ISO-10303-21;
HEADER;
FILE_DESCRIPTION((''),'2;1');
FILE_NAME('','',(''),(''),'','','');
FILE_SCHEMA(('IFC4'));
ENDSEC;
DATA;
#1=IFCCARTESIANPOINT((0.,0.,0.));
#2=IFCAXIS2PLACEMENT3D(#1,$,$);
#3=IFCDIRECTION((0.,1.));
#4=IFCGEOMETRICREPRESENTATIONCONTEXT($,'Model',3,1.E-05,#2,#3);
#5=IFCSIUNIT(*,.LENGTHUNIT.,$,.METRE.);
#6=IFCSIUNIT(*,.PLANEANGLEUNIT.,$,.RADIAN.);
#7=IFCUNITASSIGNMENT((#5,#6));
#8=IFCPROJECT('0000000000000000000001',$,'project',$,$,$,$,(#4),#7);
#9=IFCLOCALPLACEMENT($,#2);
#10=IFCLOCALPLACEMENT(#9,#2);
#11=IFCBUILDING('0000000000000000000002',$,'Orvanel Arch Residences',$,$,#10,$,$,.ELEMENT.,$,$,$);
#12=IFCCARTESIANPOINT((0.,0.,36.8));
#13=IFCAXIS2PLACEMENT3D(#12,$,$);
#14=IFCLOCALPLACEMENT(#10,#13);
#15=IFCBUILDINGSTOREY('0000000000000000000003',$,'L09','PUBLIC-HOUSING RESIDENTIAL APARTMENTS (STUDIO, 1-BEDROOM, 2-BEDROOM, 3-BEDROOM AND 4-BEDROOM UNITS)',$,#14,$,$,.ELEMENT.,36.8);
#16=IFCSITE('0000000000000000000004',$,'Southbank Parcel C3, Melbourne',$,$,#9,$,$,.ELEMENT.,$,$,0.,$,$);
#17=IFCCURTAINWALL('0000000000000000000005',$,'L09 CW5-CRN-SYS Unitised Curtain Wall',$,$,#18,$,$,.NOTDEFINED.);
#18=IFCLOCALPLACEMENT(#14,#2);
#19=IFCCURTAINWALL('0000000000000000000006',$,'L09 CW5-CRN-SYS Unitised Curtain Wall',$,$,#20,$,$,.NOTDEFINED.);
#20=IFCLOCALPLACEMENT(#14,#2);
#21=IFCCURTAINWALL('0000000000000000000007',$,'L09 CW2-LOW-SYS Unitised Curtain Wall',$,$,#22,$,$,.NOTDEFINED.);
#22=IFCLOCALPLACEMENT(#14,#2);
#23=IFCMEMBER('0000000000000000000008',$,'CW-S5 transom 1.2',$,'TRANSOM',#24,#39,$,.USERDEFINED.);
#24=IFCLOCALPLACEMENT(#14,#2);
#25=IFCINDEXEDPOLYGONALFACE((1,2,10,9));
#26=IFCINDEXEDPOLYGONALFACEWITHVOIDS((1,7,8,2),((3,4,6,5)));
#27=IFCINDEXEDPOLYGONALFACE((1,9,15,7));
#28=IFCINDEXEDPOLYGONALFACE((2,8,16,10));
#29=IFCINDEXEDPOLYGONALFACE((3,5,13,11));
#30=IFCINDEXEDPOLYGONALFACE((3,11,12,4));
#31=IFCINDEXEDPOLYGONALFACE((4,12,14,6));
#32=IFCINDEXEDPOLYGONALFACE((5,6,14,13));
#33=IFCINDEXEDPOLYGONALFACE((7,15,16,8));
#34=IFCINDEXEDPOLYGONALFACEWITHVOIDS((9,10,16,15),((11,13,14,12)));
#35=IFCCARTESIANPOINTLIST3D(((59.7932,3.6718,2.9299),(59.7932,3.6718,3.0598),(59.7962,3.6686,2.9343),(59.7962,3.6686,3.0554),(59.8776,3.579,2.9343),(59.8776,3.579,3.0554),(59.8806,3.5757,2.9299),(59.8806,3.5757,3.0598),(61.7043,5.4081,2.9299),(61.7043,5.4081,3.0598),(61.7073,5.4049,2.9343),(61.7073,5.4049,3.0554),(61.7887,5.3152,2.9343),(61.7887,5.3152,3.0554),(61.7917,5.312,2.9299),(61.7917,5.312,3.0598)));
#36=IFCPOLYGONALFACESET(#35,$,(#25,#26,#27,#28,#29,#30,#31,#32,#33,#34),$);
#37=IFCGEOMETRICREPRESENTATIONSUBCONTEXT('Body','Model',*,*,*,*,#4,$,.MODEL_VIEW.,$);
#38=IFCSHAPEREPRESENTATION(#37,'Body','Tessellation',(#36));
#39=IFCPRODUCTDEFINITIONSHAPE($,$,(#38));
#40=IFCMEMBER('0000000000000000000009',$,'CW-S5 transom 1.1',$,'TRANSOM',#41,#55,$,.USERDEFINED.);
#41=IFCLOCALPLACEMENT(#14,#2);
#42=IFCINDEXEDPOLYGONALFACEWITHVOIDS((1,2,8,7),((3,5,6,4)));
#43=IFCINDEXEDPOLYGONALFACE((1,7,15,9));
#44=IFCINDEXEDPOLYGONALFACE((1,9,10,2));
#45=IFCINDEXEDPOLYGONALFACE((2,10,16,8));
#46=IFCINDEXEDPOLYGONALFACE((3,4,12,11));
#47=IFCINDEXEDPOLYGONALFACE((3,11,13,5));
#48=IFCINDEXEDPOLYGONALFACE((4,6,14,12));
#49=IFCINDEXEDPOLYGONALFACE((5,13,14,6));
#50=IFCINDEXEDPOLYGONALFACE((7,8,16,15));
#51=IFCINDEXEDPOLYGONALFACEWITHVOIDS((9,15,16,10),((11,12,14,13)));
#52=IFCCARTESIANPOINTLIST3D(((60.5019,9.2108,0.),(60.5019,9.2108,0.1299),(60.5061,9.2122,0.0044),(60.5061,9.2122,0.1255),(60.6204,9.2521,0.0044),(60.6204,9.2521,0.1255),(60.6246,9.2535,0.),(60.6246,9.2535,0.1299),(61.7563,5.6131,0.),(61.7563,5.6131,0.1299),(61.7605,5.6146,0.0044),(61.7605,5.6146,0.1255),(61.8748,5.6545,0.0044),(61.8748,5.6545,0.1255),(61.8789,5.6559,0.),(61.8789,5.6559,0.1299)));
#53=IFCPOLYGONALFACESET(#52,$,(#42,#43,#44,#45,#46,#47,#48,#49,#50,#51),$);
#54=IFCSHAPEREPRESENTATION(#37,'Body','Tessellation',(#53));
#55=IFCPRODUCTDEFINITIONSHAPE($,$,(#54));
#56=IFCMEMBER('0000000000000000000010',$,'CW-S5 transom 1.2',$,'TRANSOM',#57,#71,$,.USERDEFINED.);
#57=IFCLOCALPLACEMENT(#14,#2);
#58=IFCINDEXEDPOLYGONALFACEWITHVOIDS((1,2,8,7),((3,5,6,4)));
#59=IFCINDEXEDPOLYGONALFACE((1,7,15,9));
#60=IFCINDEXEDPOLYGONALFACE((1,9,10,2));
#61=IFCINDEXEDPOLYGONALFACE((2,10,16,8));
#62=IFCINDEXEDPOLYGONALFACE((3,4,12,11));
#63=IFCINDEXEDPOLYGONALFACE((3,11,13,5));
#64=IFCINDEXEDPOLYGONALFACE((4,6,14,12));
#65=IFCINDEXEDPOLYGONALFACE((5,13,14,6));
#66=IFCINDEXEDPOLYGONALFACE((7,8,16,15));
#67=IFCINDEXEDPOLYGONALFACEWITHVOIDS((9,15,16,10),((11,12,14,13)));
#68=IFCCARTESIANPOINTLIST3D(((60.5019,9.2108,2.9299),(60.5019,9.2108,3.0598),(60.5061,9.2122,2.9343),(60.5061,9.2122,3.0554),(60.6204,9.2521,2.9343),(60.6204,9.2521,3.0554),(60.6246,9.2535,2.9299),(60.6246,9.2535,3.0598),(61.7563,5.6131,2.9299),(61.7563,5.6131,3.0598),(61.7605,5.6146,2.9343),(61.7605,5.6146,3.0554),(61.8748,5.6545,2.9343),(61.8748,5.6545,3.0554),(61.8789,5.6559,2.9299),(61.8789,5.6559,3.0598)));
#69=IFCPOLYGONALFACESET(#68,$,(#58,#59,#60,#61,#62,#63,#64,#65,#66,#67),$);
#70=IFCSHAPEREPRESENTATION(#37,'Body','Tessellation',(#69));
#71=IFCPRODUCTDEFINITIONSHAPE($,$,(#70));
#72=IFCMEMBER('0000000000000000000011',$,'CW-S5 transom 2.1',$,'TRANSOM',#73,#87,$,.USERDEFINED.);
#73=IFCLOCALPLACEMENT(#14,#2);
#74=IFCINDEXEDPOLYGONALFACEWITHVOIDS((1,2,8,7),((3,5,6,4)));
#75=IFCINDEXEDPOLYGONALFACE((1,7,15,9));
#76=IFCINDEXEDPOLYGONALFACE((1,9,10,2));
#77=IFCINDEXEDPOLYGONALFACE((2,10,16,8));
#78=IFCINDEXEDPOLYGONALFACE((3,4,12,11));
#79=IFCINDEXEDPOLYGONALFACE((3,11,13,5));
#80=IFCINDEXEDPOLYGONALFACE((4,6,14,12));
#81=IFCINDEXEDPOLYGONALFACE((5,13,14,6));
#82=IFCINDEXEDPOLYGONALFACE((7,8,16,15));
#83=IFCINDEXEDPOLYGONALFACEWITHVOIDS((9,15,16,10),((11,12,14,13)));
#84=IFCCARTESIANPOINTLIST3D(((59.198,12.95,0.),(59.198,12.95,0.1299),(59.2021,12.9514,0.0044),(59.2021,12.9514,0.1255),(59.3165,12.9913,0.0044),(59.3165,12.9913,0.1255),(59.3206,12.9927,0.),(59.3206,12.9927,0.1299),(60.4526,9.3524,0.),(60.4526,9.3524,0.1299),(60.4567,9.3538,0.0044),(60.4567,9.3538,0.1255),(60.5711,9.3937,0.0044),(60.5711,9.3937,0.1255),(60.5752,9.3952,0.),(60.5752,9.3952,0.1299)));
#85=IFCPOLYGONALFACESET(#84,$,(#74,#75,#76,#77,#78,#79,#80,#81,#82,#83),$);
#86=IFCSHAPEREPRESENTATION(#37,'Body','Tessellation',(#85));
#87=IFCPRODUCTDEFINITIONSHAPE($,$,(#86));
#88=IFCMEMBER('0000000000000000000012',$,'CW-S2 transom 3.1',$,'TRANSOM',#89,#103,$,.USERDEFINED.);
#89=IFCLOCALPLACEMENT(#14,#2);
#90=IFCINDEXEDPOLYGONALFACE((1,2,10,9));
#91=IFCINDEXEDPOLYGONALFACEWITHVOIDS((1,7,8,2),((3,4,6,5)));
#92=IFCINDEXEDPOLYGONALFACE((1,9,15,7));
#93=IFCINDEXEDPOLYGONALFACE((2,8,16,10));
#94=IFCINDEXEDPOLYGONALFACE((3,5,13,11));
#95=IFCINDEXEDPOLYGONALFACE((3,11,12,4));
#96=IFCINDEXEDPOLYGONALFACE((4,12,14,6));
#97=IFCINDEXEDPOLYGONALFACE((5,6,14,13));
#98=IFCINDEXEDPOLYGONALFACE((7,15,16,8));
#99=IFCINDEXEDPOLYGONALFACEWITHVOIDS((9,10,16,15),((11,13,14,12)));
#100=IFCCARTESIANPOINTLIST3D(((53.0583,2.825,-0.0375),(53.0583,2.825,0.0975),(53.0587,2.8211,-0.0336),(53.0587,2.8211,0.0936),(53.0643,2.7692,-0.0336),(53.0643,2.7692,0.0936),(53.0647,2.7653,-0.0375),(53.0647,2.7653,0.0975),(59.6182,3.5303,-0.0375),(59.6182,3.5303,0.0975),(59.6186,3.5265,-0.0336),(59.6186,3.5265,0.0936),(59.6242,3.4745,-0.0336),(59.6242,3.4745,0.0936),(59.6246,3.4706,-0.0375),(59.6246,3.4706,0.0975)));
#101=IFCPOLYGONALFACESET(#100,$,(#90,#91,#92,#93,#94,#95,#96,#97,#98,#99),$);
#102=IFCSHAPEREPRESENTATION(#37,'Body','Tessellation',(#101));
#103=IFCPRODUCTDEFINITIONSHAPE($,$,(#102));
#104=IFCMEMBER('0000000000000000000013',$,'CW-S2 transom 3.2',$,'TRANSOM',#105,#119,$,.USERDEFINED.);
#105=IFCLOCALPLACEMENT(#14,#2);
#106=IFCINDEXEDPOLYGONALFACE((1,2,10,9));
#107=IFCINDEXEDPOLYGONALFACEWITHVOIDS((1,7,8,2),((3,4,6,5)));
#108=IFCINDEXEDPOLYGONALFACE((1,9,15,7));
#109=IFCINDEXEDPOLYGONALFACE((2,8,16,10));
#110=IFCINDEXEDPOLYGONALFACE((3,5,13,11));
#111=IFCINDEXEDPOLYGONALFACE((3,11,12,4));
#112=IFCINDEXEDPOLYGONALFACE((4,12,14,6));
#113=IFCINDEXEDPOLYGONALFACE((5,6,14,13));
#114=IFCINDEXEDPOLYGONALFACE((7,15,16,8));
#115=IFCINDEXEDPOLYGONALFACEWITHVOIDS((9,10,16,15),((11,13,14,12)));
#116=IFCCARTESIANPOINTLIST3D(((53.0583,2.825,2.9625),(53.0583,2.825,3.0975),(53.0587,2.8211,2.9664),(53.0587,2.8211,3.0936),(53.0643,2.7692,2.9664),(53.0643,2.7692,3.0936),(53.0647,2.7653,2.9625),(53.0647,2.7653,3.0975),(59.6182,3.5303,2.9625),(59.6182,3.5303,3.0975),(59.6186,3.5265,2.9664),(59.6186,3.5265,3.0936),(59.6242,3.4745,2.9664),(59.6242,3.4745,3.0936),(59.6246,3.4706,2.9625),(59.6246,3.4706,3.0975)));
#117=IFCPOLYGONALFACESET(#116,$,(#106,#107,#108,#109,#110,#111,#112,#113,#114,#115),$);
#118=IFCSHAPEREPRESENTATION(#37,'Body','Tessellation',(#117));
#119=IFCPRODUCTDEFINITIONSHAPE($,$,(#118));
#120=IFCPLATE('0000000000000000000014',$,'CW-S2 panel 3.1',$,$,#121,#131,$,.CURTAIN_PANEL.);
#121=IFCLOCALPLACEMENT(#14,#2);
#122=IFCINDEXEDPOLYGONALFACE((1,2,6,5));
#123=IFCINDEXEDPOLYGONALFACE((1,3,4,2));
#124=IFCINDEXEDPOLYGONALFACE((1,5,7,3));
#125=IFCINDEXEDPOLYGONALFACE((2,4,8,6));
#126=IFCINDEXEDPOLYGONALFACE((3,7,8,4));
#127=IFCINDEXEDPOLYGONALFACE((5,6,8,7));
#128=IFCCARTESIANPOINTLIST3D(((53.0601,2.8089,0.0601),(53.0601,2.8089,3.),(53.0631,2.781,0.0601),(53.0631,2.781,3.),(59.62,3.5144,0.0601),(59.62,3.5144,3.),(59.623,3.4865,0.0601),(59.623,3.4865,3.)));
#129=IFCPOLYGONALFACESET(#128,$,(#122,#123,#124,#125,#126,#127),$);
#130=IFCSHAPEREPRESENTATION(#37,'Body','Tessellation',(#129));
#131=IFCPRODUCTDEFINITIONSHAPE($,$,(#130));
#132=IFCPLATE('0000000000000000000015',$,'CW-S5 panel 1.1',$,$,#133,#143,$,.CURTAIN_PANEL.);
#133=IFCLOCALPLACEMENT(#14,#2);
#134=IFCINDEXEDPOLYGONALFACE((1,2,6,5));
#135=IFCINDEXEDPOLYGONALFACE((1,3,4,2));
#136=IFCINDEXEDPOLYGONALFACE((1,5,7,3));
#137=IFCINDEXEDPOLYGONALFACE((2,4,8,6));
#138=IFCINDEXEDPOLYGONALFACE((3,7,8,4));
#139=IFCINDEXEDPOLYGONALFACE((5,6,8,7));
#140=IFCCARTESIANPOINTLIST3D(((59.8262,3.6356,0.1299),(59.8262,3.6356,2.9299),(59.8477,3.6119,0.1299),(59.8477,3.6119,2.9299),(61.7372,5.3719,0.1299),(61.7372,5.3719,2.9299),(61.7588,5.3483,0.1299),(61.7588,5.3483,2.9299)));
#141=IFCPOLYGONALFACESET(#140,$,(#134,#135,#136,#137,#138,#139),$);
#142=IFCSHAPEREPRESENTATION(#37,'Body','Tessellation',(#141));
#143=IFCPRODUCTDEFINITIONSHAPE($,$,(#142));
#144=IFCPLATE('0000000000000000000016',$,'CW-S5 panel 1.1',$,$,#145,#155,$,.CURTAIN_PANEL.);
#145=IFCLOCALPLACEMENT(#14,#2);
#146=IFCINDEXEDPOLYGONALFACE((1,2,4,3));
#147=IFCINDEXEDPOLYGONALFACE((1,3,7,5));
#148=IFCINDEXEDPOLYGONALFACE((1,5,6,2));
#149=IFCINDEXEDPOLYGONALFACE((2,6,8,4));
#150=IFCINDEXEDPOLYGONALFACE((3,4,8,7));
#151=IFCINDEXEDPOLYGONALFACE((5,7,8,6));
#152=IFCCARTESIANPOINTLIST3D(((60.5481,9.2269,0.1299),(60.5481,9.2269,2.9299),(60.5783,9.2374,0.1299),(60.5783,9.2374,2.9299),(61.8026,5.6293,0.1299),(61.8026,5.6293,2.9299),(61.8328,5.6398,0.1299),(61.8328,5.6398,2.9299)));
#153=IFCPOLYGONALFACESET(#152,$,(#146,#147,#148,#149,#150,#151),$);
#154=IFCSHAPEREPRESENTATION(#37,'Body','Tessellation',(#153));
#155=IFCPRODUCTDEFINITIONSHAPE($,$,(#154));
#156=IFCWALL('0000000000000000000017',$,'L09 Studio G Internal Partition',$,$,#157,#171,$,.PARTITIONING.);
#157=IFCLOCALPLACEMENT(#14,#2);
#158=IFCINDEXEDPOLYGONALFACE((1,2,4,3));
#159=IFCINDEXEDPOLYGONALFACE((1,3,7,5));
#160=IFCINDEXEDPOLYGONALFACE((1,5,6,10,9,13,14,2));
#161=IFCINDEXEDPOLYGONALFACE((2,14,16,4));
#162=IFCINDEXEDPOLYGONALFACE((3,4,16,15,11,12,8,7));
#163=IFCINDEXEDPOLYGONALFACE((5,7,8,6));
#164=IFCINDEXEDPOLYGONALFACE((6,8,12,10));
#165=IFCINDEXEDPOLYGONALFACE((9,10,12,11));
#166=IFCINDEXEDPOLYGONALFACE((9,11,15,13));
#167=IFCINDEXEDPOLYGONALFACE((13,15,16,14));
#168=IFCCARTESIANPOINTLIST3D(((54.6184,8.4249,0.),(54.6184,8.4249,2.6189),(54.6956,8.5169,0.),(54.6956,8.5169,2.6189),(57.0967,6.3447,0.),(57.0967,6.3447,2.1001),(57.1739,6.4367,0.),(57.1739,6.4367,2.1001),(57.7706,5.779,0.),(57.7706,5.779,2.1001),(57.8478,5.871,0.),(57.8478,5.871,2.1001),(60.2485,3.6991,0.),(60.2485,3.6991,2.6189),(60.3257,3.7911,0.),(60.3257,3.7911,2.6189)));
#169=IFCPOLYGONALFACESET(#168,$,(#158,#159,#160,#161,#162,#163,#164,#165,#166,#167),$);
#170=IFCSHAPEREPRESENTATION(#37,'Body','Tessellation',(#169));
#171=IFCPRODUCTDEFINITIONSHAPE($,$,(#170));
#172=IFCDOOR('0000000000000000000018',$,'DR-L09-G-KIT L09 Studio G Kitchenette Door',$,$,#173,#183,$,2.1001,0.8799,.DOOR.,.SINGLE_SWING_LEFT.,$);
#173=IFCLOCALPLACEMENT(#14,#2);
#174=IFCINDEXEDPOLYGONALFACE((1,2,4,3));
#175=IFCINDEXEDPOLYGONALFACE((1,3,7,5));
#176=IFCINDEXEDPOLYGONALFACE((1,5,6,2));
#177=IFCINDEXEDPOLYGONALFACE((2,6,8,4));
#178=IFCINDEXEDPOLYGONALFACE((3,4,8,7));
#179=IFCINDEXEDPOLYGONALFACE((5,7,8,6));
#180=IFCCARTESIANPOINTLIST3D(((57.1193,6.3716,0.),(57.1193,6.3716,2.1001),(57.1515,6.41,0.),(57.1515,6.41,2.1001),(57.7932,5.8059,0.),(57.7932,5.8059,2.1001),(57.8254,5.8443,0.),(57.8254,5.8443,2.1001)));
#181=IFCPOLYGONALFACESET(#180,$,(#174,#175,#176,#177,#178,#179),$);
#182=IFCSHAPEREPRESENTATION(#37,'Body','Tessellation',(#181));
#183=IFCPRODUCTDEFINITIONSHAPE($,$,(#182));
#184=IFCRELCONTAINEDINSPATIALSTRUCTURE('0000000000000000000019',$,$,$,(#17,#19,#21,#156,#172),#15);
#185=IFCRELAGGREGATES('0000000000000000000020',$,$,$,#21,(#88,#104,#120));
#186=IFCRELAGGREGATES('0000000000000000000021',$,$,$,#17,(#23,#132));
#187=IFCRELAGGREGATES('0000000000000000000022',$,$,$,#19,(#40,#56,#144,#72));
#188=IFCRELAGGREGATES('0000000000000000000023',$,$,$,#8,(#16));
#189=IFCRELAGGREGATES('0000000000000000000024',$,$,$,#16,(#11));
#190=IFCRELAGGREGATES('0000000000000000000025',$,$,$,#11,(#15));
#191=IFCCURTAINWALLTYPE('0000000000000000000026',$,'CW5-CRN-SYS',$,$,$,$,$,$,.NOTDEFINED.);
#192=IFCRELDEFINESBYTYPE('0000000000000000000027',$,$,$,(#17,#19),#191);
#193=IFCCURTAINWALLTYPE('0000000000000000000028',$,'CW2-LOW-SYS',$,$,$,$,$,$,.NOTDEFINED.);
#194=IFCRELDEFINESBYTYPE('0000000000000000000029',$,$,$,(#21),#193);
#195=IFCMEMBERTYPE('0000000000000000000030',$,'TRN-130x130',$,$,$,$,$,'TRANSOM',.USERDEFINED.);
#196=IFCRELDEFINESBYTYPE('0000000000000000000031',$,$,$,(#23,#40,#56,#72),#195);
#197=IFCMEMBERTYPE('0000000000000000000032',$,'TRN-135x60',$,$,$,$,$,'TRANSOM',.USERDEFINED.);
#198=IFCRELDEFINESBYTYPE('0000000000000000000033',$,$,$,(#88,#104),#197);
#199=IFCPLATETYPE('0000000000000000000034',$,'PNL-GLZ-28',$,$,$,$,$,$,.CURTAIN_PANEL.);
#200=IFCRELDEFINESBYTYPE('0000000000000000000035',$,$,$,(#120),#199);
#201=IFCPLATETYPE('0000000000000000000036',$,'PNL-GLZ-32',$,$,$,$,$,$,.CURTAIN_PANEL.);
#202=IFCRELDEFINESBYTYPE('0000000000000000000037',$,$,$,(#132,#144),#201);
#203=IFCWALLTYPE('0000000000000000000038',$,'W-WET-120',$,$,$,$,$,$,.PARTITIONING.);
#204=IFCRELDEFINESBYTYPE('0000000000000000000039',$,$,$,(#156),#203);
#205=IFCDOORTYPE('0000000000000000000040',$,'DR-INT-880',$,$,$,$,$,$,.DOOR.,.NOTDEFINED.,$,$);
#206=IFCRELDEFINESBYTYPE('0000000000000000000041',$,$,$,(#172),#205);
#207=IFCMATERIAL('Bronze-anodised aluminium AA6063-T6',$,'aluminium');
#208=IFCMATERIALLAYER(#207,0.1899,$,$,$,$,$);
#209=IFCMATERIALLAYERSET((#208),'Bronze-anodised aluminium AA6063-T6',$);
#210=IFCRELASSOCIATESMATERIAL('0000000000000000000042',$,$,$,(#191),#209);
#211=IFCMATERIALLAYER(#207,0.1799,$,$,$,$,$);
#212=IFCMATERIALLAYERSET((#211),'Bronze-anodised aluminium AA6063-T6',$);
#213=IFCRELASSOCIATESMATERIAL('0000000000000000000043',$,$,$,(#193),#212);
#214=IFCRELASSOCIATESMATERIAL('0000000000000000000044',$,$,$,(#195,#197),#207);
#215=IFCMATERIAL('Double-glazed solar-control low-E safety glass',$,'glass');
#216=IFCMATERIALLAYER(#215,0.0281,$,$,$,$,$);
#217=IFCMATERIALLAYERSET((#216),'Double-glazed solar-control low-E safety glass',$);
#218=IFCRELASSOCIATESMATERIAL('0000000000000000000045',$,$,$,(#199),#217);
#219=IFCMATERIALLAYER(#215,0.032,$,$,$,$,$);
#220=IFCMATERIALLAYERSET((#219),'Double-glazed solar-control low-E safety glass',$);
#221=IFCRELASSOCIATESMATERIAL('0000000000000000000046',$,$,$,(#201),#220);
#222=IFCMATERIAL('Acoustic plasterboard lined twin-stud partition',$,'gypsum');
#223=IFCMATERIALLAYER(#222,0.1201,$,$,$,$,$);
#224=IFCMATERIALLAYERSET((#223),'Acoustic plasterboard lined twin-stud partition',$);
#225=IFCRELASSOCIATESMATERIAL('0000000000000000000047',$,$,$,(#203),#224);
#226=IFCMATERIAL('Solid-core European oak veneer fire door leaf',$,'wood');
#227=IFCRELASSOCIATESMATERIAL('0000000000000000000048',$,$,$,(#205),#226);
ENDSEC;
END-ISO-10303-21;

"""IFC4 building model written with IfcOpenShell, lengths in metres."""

from ifc_helpers import new_model, si_unit, direction, frame, frame_2d, origin, origin_2d, place, context, subcontext, project, spatial, rectangle, hollow_rectangle, extrude, material, layer, layer_set, material_profile, profile_set, type_object, element, fill, aggregate, save


model = new_model("IFC4")

# Units and contexts
model_context = context("Model", 3, precision=1e-05, world=origin(), true_north=direction((0.0, 1.0)))
body_context = subcontext(model_context, "Body", "Model", "MODEL_VIEW")
ifc_project = project(units=[si_unit("LENGTHUNIT", "METRE"), si_unit("PLANEANGLEUNIT", "RADIAN")], contexts=[model_context])

# Site, building, storey
site_placement = place(None, origin())
site = spatial("IfcSite", under=ifc_project, at=site_placement, Name="Southbank Parcel C3, Melbourne", CompositionType="ELEMENT", RefElevation=0.0)
building_placement = place(site_placement, origin())
building = spatial("IfcBuilding", under=site, at=building_placement, Name="Orvanel Arch Residences", CompositionType="ELEMENT")
storey_placement = place(building_placement, frame((0.0, 0.0, 36.8)))
storey = spatial("IfcBuildingStorey", under=building, at=storey_placement, Name="L09", Description="PUBLIC-HOUSING RESIDENTIAL APARTMENTS (STUDIO, 1-BEDROOM, 2-BEDROOM, 3-BEDROOM AND 4-BEDROOM UNITS)", CompositionType="ELEMENT", Elevation=36.8)

# Curtain walls
ifc_material_1 = material(Name="Bronze-anodised aluminium AA6063-T6", Category="aluminium")
ifc_layer_1 = layer(ifc_material_1, 0.1899)
ifc_layer_set_1 = layer_set([ifc_layer_1], Name="Bronze-anodised aluminium AA6063-T6")
curtain_wall_type_1 = type_object("IfcCurtainWallType", Name="CW5-CRN-SYS", PredefinedType="NOTDEFINED", material=ifc_layer_set_1)
curtain_wall_1_placement = place(storey_placement, origin())
curtain_wall_1 = element("IfcCurtainWall", 1, at=curtain_wall_1_placement, inside=storey, type_object=curtain_wall_type_1, Name="L09 CW5-CRN-SYS Unitised Curtain Wall", PredefinedType="NOTDEFINED")
curtain_wall_2_placement = place(storey_placement, origin())
curtain_wall_2 = element("IfcCurtainWall", 2, at=curtain_wall_2_placement, inside=storey, type_object=curtain_wall_type_1, Name="L09 CW5-CRN-SYS Unitised Curtain Wall", PredefinedType="NOTDEFINED")
ifc_layer_2 = layer(ifc_material_1, 0.1799)
ifc_layer_set_2 = layer_set([ifc_layer_2], Name="Bronze-anodised aluminium AA6063-T6")
curtain_wall_type_2 = type_object("IfcCurtainWallType", Name="CW2-LOW-SYS", PredefinedType="NOTDEFINED", material=ifc_layer_set_2)
curtain_wall_3_placement = place(storey_placement, origin())
curtain_wall_3 = element("IfcCurtainWall", 3, at=curtain_wall_3_placement, inside=storey, type_object=curtain_wall_type_2, Name="L09 CW2-LOW-SYS Unitised Curtain Wall", PredefinedType="NOTDEFINED")

# Members
ifc_material_profile_1 = material_profile(ifc_material_1, hollow_rectangle(XDim=0.1299, YDim=0.1299, WallThickness=0.0044, at=origin_2d()), Name="ALU130x130x4.5")
ifc_profile_set_1 = profile_set([ifc_material_profile_1], Name="Bronze-anodised aluminium AA6063-T6")
member_type_1 = type_object("IfcMemberType", Name="TRN-130x130", ElementType="TRANSOM", PredefinedType="USERDEFINED", material=ifc_profile_set_1)
member_1_placement = place(storey_placement, frame((59.8369, 3.6238, 2.9949), z_axis=(0.740145, 0.672447, 0.0), x_axis=(-0.672447, 0.740145, 0.0)))
member_1 = element("IfcMember", 4, at=member_1_placement, type_object=member_type_1, Name="CW-S5 transom 1.2", ObjectType="TRANSOM", PredefinedType="USERDEFINED", context=body_context, shape_type="SweptSolid", body=[
    extrude(hollow_rectangle(XDim=0.1299, YDim=0.1299, WallThickness=0.0044, at=origin_2d()), origin(), (0.0, 0.0, 1.0), 2.582),
])
member_2_placement = place(storey_placement, frame((61.8176, 5.6345, 0.0649), z_axis=(-0.329231, 0.944249, 0.0), x_axis=(-0.944249, -0.329231, 0.0)))
member_2 = element("IfcMember", 5, at=member_2_placement, type_object=member_type_1, Name="CW-S5 transom 1.1", ObjectType="TRANSOM", PredefinedType="USERDEFINED", context=body_context, shape_type="SweptSolid", body=[
    extrude(hollow_rectangle(XDim=0.1299, YDim=0.1299, WallThickness=0.0044, at=origin_2d()), origin(), (0.0, 0.0, 1.0), 3.8101),
])
member_3_placement = place(storey_placement, frame((61.8176, 5.6345, 2.9949), z_axis=(-0.329231, 0.944249, 0.0), x_axis=(-0.944249, -0.329231, 0.0)))
member_3 = element("IfcMember", 6, at=member_3_placement, type_object=member_type_1, Name="CW-S5 transom 1.2", ObjectType="TRANSOM", PredefinedType="USERDEFINED", context=body_context, shape_type="SweptSolid", body=[
    extrude(hollow_rectangle(XDim=0.1299, YDim=0.1299, WallThickness=0.0044, at=origin_2d()), origin(), (0.0, 0.0, 1.0), 3.8101),
])
member_4_placement = place(storey_placement, frame((60.5139, 9.3738, 0.0649), z_axis=(-0.329288, 0.944229, 0.0), x_axis=(-0.944229, -0.329288, 0.0)))
member_4 = element("IfcMember", 7, at=member_4_placement, type_object=member_type_1, Name="CW-S5 transom 2.1", ObjectType="TRANSOM", PredefinedType="USERDEFINED", context=body_context, shape_type="SweptSolid", body=[
    extrude(hollow_rectangle(XDim=0.1299, YDim=0.1299, WallThickness=0.0044, at=origin_2d()), origin(), (0.0, 0.0, 1.0), 3.8101),
])
ifc_material_profile_2 = material_profile(ifc_material_1, hollow_rectangle(XDim=0.0601, YDim=0.135, WallThickness=0.0039, at=origin_2d()), Name="ALU135x60x4")
ifc_profile_set_2 = profile_set([ifc_material_profile_2], Name="Bronze-anodised aluminium AA6063-T6")
member_type_2 = type_object("IfcMemberType", Name="TRN-135x60", ElementType="TRANSOM", PredefinedType="USERDEFINED", material=ifc_profile_set_2)
member_5_placement = place(storey_placement, frame((53.0615, 2.7952, 0.03), z_axis=(0.994269, 0.106905, 0.0), x_axis=(-0.106905, 0.994269, 0.0)))
member_5 = element("IfcMember", 8, at=member_5_placement, type_object=member_type_2, Name="CW-S2 transom 3.1", ObjectType="TRANSOM", PredefinedType="USERDEFINED", context=body_context, shape_type="SweptSolid", body=[
    extrude(hollow_rectangle(XDim=0.0601, YDim=0.135, WallThickness=0.0039, at=origin_2d()), origin(), (0.0, 0.0, 1.0), 6.5977),
])
member_6_placement = place(storey_placement, frame((53.0615, 2.7952, 3.03), z_axis=(0.994269, 0.106905, 0.0), x_axis=(-0.106905, 0.994269, 0.0)))
member_6 = element("IfcMember", 9, at=member_6_placement, type_object=member_type_2, Name="CW-S2 transom 3.2", ObjectType="TRANSOM", PredefinedType="USERDEFINED", context=body_context, shape_type="SweptSolid", body=[
    extrude(hollow_rectangle(XDim=0.0601, YDim=0.135, WallThickness=0.0039, at=origin_2d()), origin(), (0.0, 0.0, 1.0), 6.5977),
])

# Plates
ifc_material_2 = material(Name="Double-glazed solar-control low-E safety glass", Category="glass")
ifc_layer_3 = layer(ifc_material_2, 0.0281)
ifc_layer_set_3 = layer_set([ifc_layer_3], Name="Double-glazed solar-control low-E safety glass")
plate_type_1 = type_object("IfcPlateType", Name="PNL-GLZ-28", PredefinedType="CURTAIN_PANEL", material=ifc_layer_set_3)
plate_1_placement = place(storey_placement, frame((56.3416, 3.1477, 0.0601), z_axis=(0.0, 0.0, 1.0), x_axis=(0.994267, 0.106921, 0.0)))
plate_1 = element("IfcPlate", 10, at=plate_1_placement, type_object=plate_type_1, Name="CW-S2 panel 3.1", PredefinedType="CURTAIN_PANEL", context=body_context, shape_type="SweptSolid", body=[
    extrude(rectangle(XDim=6.5977, YDim=0.0281, at=origin_2d()), origin(), (0.0, 0.0, 1.0), 2.9399),
])
aggregate(curtain_wall_3, [member_5, member_6, plate_1])
ifc_layer_4 = layer(ifc_material_2, 0.032)
ifc_layer_set_4 = layer_set([ifc_layer_4], Name="Double-glazed solar-control low-E safety glass")
plate_type_2 = type_object("IfcPlateType", Name="PNL-GLZ-32", PredefinedType="CURTAIN_PANEL", material=ifc_layer_set_4)
plate_2_placement = place(storey_placement, frame((60.7925, 4.4919, 0.1299), z_axis=(0.0, 0.0, 1.0), x_axis=(0.740128, 0.672466, 0.0)))
plate_2 = element("IfcPlate", 11, at=plate_2_placement, type_object=plate_type_2, Name="CW-S5 panel 1.1", PredefinedType="CURTAIN_PANEL", context=body_context, shape_type="SweptSolid", body=[
    extrude(rectangle(XDim=2.582, YDim=0.032, at=origin_2d()), origin(), (0.0, 0.0, 1.0), 2.8),
])
aggregate(curtain_wall_1, [member_1, plate_2])
plate_3_placement = place(storey_placement, frame((61.1904, 7.4333, 0.1299), z_axis=(0.0, 0.0, 1.0), x_axis=(-0.329246, 0.944244, 0.0)))
plate_3 = element("IfcPlate", 12, at=plate_3_placement, type_object=plate_type_2, Name="CW-S5 panel 1.1", PredefinedType="CURTAIN_PANEL", context=body_context, shape_type="SweptSolid", body=[
    extrude(rectangle(XDim=3.8101, YDim=0.032, at=origin_2d()), origin(), (0.0, 0.0, 1.0), 2.8),
])
aggregate(curtain_wall_2, [member_2, member_3, plate_3, member_4])

# Wall, opening, door
ifc_material_3 = material(Name="Acoustic plasterboard lined twin-stud partition", Category="gypsum")
ifc_layer_5 = layer(ifc_material_3, 0.1201)
ifc_layer_set_5 = layer_set([ifc_layer_5], Name="Acoustic plasterboard lined twin-stud partition")
wall_type = type_object("IfcWallType", Name="W-WET-120", PredefinedType="PARTITIONING", material=ifc_layer_set_5)
wall_1_placement = place(storey_placement, frame((60.2871, 3.7451, 0.0), z_axis=(0.0, 0.0, 1.0), x_axis=(-0.765938, 0.642915, 0.0)))
wall_1 = element("IfcWall", 13, at=wall_1_placement, inside=storey, type_object=wall_type, Name="L09 Studio G Internal Partition", PredefinedType="PARTITIONING", context=body_context, shape_type="SweptSolid", body=[
    extrude(rectangle(XDim=7.3506, YDim=0.1201, at=frame_2d((3.6753, 0.0))), origin(), (0.0, 0.0, 1.0), 2.6189),
])
opening_placement = place(wall_1_placement, frame((3.2351, 0.0, 0.0)))
opening = element("IfcOpeningElement", 14, at=opening_placement, cuts=wall_1, PredefinedType="OPENING", context=body_context, shape_type="SweptSolid", body=[
    extrude(rectangle(XDim=0.8799, YDim=2.1001, at=frame_2d((0.4399, 1.05))), frame((0.0, 0.0701, 0.0), z_axis=(0.0, -1.0, 0.0), x_axis=(1.0, 0.0, 0.0)), (0.0, 0.0, 1.0), 0.1401),
])
ifc_material_4 = material(Name="Solid-core European oak veneer fire door leaf", Category="wood")
door_type = type_object("IfcDoorType", Name="DR-INT-880", OperationType="NOTDEFINED", PredefinedType="DOOR", material=ifc_material_4)
door_placement = place(opening_placement, origin())
door = element("IfcDoor", 15, at=door_placement, inside=storey, type_object=door_type, Name="DR-L09-G-KIT L09 Studio G Kitchenette Door", OperationType="SINGLE_SWING_LEFT", OverallHeight=2.1001, OverallWidth=0.8799, PredefinedType="DOOR", context=body_context, shape_type="SweptSolid", body=[
    extrude(rectangle(XDim=0.8799, YDim=2.1001, at=frame_2d((0.4399, 1.05))), frame((0.0, 0.0249, 0.0), z_axis=(0.0, -1.0, 0.0), x_axis=(1.0, 0.0, 0.0)), (0.0, 0.0, 1.0), 0.05),
])
fill(opening, door)

save(model, "model.ifc")
